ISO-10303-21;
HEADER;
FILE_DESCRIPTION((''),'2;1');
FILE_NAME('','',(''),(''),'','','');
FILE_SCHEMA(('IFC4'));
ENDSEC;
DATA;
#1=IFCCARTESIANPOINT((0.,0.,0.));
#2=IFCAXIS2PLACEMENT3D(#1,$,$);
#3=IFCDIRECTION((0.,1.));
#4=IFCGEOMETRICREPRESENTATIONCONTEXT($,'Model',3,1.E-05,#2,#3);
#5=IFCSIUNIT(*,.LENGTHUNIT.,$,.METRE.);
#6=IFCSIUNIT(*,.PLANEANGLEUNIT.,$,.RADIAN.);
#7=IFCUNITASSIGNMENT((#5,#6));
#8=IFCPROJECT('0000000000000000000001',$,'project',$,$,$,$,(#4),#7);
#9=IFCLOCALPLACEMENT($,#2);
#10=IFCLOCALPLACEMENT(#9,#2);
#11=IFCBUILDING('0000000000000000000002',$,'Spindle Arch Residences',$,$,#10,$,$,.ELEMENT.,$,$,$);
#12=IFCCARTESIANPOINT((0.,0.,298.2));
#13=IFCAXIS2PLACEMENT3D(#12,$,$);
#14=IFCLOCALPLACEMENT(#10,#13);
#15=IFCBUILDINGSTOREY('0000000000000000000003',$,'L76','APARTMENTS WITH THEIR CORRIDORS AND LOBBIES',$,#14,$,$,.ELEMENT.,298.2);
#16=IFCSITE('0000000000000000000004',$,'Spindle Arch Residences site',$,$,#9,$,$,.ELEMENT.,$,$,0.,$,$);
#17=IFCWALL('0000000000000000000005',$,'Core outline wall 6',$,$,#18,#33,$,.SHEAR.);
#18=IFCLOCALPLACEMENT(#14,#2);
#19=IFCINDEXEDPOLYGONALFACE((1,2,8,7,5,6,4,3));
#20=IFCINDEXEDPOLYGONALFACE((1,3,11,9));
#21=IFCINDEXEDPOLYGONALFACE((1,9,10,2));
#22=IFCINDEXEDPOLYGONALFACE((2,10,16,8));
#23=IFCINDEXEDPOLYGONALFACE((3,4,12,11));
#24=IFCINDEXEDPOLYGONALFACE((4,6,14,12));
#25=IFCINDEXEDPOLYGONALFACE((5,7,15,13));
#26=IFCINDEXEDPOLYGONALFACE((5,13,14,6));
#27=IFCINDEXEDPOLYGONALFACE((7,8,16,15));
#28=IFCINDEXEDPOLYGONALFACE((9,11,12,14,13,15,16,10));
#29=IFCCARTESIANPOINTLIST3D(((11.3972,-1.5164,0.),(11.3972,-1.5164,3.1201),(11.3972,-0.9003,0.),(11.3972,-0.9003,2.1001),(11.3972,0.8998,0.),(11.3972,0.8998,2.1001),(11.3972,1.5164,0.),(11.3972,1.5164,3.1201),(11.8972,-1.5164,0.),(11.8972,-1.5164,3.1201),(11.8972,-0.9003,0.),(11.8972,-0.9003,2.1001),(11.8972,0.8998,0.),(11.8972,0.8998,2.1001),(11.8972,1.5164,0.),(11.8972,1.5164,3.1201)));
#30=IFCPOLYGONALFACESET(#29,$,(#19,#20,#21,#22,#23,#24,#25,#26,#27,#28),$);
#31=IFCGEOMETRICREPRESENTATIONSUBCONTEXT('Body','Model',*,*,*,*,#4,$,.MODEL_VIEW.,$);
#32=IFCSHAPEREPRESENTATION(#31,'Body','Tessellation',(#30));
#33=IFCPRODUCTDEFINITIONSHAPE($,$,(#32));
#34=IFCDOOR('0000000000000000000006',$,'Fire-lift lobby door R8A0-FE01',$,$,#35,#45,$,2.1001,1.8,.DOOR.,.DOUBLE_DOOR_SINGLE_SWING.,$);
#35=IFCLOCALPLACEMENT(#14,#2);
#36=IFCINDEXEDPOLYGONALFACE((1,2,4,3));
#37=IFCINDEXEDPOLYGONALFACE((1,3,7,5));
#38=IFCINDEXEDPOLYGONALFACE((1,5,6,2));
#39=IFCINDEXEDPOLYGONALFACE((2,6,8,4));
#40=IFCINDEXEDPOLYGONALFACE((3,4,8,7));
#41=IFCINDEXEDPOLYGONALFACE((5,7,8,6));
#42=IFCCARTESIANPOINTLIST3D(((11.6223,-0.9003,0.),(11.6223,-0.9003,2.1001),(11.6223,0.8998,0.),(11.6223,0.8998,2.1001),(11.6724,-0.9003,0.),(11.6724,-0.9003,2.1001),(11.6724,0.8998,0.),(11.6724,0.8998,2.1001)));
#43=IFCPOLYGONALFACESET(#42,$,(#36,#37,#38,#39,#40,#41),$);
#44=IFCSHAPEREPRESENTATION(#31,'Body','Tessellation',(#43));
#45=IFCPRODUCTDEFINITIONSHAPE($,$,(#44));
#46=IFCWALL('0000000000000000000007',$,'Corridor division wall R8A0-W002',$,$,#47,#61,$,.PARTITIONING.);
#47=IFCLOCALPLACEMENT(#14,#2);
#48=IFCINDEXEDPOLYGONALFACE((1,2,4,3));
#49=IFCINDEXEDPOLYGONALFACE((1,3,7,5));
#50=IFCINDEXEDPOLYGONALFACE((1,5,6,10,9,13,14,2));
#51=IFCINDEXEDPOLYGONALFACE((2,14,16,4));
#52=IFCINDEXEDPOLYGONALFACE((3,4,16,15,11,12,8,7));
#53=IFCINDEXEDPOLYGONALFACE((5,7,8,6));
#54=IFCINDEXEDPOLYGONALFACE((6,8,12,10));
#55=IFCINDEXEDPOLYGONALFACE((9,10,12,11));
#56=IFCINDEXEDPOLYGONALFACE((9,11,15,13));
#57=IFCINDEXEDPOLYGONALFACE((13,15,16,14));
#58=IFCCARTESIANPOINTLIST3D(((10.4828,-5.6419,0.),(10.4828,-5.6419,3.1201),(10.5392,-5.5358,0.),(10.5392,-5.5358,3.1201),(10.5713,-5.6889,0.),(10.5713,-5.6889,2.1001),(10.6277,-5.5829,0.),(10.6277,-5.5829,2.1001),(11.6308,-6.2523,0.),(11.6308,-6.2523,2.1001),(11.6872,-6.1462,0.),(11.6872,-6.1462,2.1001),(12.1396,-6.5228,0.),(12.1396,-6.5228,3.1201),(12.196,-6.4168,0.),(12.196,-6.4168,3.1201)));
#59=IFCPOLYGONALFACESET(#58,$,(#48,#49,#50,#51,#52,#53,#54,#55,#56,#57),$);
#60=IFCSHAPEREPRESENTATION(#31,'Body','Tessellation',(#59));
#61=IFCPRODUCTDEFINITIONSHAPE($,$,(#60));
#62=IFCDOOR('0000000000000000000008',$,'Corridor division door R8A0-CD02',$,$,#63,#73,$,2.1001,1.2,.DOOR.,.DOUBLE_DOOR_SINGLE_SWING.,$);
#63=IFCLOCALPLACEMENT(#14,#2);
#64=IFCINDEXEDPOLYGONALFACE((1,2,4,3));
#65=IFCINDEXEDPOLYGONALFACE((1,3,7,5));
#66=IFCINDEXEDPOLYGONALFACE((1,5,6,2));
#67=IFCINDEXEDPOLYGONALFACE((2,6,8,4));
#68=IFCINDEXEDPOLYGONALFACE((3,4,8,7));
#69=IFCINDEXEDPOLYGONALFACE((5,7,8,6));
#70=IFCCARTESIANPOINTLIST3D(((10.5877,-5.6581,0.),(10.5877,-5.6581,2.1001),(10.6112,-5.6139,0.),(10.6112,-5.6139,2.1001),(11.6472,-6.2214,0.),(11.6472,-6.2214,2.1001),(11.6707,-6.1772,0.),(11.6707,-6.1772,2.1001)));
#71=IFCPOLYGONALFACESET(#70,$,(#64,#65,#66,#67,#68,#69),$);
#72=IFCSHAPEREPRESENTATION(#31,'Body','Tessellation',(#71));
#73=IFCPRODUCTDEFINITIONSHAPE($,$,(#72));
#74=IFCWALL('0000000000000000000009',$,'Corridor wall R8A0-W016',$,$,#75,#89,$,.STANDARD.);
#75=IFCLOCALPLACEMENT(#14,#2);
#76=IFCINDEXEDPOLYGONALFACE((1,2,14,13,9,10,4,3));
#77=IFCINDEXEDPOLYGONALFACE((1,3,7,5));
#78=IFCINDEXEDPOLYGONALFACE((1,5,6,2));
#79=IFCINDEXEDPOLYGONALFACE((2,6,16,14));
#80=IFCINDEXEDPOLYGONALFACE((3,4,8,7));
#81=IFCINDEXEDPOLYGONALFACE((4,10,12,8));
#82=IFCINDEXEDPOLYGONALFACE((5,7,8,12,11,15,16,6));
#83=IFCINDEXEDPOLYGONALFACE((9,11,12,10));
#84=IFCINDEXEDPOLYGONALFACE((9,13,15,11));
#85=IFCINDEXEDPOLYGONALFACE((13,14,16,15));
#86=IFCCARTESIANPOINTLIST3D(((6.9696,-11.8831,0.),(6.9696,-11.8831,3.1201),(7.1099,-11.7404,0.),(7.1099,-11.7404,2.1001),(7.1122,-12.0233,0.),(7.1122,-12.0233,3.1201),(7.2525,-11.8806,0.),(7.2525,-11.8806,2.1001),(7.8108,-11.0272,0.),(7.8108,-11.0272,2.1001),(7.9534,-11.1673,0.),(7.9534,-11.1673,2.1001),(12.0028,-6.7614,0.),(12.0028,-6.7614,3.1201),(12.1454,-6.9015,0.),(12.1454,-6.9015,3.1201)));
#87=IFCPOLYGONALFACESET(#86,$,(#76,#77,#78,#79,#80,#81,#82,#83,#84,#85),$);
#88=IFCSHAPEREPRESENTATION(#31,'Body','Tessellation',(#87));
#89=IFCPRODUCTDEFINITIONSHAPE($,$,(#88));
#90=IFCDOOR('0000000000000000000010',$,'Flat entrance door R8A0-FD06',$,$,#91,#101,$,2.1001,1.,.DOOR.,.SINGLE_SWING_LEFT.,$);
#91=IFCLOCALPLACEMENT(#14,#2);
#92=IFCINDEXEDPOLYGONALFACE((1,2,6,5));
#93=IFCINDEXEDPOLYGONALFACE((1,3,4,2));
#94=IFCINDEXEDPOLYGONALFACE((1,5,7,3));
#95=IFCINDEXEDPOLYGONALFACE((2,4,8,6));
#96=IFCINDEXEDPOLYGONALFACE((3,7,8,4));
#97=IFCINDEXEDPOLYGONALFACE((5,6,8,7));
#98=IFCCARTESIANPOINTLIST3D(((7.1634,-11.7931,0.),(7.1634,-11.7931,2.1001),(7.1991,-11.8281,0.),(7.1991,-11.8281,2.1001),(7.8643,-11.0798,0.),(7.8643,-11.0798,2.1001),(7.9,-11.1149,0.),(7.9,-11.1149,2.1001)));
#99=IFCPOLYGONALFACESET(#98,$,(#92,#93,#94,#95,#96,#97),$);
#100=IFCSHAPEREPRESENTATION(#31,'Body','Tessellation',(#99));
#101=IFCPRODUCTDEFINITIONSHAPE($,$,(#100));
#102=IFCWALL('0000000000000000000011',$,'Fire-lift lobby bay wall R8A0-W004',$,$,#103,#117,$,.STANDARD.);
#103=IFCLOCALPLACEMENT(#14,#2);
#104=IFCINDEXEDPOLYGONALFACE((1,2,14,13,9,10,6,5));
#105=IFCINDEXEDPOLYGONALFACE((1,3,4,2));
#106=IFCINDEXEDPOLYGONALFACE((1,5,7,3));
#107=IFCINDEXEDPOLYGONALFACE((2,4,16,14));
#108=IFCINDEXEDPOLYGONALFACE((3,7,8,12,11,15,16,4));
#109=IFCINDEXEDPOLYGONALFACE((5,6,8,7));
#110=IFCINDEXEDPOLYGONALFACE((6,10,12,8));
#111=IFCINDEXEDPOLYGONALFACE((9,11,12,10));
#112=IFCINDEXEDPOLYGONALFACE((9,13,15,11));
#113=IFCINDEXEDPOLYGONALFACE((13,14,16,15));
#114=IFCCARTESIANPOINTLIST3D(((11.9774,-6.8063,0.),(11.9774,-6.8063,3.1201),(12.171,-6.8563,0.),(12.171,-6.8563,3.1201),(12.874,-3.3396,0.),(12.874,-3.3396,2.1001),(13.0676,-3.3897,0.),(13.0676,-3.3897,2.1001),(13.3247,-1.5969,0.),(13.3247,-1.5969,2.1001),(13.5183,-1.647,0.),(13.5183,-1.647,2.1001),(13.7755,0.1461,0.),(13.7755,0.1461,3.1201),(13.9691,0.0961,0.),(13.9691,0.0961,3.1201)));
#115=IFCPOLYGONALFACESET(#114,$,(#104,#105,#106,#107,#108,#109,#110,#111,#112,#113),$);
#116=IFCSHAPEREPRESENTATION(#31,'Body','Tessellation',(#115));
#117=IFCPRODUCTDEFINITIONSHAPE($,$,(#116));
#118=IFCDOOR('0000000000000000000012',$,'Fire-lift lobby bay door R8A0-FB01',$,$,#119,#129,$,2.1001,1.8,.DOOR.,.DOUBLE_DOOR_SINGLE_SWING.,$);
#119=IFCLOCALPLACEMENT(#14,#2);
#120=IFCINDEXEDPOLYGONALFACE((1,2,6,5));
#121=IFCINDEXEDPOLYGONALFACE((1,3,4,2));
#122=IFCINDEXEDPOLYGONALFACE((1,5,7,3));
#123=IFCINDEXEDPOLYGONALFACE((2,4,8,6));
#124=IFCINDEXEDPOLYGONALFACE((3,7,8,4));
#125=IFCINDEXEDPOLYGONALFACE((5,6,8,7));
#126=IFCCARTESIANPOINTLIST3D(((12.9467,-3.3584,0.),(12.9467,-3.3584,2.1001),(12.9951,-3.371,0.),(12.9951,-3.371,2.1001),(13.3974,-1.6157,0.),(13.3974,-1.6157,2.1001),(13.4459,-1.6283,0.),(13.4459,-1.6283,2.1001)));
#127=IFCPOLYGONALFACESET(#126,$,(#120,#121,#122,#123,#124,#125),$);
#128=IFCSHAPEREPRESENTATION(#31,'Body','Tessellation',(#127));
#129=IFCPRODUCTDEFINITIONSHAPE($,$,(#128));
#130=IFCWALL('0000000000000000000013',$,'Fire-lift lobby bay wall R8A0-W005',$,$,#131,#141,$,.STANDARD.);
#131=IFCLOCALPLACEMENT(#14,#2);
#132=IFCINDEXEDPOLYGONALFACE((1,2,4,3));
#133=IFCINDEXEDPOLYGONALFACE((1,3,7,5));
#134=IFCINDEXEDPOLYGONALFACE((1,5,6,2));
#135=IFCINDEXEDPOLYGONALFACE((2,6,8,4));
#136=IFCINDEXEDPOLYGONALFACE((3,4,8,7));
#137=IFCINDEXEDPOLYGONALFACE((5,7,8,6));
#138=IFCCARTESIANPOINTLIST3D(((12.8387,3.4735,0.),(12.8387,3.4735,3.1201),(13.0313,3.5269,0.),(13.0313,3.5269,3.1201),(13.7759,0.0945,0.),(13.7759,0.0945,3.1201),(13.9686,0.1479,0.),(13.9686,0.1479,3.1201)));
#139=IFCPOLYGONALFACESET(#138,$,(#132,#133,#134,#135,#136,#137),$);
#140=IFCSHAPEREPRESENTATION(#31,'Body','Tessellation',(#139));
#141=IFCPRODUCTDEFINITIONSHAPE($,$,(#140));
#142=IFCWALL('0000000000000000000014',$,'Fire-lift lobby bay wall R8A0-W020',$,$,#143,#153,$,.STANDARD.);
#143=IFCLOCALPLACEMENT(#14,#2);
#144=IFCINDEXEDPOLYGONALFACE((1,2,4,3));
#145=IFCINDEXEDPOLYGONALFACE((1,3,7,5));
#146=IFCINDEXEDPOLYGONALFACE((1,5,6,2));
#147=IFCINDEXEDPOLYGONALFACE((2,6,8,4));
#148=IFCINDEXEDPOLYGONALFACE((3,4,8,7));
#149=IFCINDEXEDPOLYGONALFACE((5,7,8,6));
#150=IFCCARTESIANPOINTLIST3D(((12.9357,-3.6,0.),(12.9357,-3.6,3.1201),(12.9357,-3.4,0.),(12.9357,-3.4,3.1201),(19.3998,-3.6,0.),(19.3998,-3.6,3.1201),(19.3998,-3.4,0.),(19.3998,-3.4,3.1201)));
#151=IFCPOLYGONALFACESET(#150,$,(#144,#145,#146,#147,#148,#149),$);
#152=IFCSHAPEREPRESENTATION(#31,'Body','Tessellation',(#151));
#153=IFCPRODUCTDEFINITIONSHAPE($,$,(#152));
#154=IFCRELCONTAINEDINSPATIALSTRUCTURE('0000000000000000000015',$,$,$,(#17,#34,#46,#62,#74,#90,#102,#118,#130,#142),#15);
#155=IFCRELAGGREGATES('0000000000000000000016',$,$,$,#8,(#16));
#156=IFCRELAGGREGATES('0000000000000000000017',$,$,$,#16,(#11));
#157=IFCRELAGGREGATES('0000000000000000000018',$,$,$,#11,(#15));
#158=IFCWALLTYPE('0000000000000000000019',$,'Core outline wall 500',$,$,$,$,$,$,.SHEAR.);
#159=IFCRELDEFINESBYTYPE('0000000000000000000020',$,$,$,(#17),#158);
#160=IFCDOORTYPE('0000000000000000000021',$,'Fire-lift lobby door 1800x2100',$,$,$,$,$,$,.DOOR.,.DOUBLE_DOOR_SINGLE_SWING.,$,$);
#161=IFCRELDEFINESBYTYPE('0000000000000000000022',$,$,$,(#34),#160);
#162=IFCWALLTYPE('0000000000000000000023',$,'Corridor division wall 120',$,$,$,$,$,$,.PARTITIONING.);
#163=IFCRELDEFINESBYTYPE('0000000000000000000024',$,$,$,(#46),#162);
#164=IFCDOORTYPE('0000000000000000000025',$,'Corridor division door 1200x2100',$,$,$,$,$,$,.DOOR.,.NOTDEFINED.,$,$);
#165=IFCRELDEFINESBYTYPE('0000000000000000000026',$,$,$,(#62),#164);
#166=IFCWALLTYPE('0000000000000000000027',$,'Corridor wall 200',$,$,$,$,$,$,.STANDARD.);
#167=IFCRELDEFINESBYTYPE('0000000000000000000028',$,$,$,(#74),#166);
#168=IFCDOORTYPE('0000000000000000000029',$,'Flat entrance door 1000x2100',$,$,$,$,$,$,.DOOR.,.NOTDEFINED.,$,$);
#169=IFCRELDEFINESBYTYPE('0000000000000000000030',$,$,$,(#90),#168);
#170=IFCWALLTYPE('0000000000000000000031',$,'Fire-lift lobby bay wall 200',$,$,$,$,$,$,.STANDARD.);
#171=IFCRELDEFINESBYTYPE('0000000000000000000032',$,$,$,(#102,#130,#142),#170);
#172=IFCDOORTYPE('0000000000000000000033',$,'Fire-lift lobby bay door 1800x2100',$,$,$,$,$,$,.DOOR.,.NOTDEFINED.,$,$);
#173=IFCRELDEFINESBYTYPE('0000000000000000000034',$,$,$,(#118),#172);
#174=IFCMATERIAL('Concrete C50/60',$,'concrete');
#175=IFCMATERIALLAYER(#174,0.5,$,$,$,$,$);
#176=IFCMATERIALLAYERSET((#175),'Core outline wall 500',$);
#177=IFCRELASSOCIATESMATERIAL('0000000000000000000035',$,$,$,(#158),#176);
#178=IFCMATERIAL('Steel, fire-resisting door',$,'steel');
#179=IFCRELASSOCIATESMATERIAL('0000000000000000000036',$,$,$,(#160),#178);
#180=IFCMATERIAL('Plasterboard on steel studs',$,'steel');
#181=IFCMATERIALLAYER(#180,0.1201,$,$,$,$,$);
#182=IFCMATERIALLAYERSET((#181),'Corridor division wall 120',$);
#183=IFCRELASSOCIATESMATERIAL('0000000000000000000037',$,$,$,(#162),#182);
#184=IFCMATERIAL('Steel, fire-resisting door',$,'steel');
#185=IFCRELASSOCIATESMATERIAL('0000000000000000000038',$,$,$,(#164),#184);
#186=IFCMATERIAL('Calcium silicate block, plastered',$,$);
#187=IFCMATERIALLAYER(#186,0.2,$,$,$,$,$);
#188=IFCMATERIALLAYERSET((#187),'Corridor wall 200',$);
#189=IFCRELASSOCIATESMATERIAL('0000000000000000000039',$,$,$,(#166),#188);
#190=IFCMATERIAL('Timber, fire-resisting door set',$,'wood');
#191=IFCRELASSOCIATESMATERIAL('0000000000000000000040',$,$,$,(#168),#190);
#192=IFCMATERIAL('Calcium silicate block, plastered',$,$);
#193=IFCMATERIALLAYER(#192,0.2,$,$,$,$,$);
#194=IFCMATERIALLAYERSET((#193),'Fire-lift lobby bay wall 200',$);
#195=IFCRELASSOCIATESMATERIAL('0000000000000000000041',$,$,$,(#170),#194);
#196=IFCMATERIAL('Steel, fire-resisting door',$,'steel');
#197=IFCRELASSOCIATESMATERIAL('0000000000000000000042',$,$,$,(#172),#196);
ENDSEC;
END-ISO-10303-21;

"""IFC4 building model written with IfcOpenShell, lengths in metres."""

from ifc_helpers import new_model, si_unit, direction, frame, frame_2d, origin, place, context, subcontext, project, spatial, rectangle, extrude, material, layer, layer_set, type_object, element, fill, save


model = new_model("IFC4")

# Units and contexts
model_context = context("Model", 3, precision=1e-05, world=origin(), true_north=direction((0.0, 1.0)))
body_context = subcontext(model_context, "Body", "Model", "MODEL_VIEW")
ifc_project = project(units=[si_unit("LENGTHUNIT", "METRE"), si_unit("PLANEANGLEUNIT", "RADIAN")], contexts=[model_context])

# Site, building, storey
site_placement = place(None, origin())
site = spatial("IfcSite", under=ifc_project, at=site_placement, Name="Spindle Arch Residences site", CompositionType="ELEMENT", RefElevation=0.0)
building_placement = place(site_placement, origin())
building = spatial("IfcBuilding", under=site, at=building_placement, Name="Spindle Arch Residences", CompositionType="ELEMENT")
storey_placement = place(building_placement, frame((0.0, 0.0, 298.2)))
storey = spatial("IfcBuildingStorey", under=building, at=storey_placement, Name="L76", Description="APARTMENTS WITH THEIR CORRIDORS AND LOBBIES", CompositionType="ELEMENT", Elevation=298.2)

# Shared definitions
ifc_material_1 = material(Name="Concrete C50/60", Category="concrete")
ifc_layer_1 = layer(ifc_material_1, 0.5)
ifc_layer_set_1 = layer_set([ifc_layer_1], Name="Core outline wall 500")
wall_type_1 = type_object("IfcWallType", Name="Core outline wall 500", PredefinedType="SHEAR", material=ifc_layer_set_1)

# Walls, openings, doors
wall_1_placement = place(storey_placement, frame((11.6472, -1.5164, 0.0), z_axis=(0.0, 0.0, 1.0), x_axis=(0.0, 1.0, 0.0)))
wall_1 = element("IfcWall", 1, at=wall_1_placement, inside=storey, type_object=wall_type_1, Name="Core outline wall 6", PredefinedType="SHEAR", context=body_context, shape_type="SweptSolid", body=[
    extrude(rectangle(XDim=3.0327, YDim=0.5, at=frame_2d((1.5164, 0.0))), origin(), (0.0, 0.0, 1.0), 3.1201),
])
opening_1_placement = place(wall_1_placement, frame((0.6162, 0.0, 0.0)))
opening_1 = element("IfcOpeningElement", 2, at=opening_1_placement, cuts=wall_1, PredefinedType="OPENING", context=body_context, shape_type="SweptSolid", body=[
    extrude(rectangle(XDim=1.8, YDim=2.1001, at=frame_2d((0.8999, 1.05))), frame((0.0, 0.26, 0.0), z_axis=(0.0, -1.0, 0.0), x_axis=(1.0, 0.0, 0.0)), (0.0, 0.0, 1.0), 0.52),
])
ifc_material_2 = material(Name="Steel, fire-resisting door", Category="steel")
door_type_1 = type_object("IfcDoorType", Name="Fire-lift lobby door 1800x2100", OperationType="DOUBLE_DOOR_SINGLE_SWING", PredefinedType="DOOR", material=ifc_material_2)
door_1_placement = place(opening_1_placement, origin())
door_1 = element("IfcDoor", 3, at=door_1_placement, inside=storey, type_object=door_type_1, Name="Fire-lift lobby door R8A0-FE01", OperationType="DOUBLE_DOOR_SINGLE_SWING", OverallHeight=2.1001, OverallWidth=1.8, PredefinedType="DOOR", context=body_context, shape_type="SweptSolid", body=[
    extrude(rectangle(XDim=1.8, YDim=2.1001, at=frame_2d((0.8999, 1.05))), frame((0.0, 0.0249, 0.0), z_axis=(0.0, -1.0, 0.0), x_axis=(1.0, 0.0, 0.0)), (0.0, 0.0, 1.0), 0.05),
])
fill(opening_1, door_1)
ifc_material_3 = material(Name="Plasterboard on steel studs", Category="steel")
ifc_layer_2 = layer(ifc_material_3, 0.1201)
ifc_layer_set_2 = layer_set([ifc_layer_2], Name="Corridor division wall 120")
wall_type_2 = type_object("IfcWallType", Name="Corridor division wall 120", PredefinedType="PARTITIONING", material=ifc_layer_set_2)
wall_2_placement = place(storey_placement, frame((10.511, -5.5889, 0.0), z_axis=(0.0, 0.0, 1.0), x_axis=(0.882957, -0.469453, 0.0)))
wall_2 = element("IfcWall", 4, at=wall_2_placement, inside=storey, type_object=wall_type_2, Name="Corridor division wall R8A0-W002", PredefinedType="PARTITIONING", context=body_context, shape_type="SweptSolid", body=[
    extrude(rectangle(XDim=1.8765, YDim=0.1201, at=frame_2d((0.9382, 0.0))), origin(), (0.0, 0.0, 1.0), 3.1201),
])
opening_2_placement = place(wall_2_placement, frame((0.1001, 0.0, 0.0)))
opening_2 = element("IfcOpeningElement", 5, at=opening_2_placement, cuts=wall_2, PredefinedType="OPENING", context=body_context, shape_type="SweptSolid", body=[
    extrude(rectangle(XDim=1.2, YDim=2.1001, at=frame_2d((0.6001, 1.05))), frame((0.0, 0.0701, 0.0), z_axis=(0.0, -1.0, 0.0), x_axis=(1.0, 0.0, 0.0)), (0.0, 0.0, 1.0), 0.1401),
])
ifc_material_4 = material(Name="Steel, fire-resisting door", Category="steel")
door_type_2 = type_object("IfcDoorType", Name="Corridor division door 1200x2100", OperationType="NOTDEFINED", PredefinedType="DOOR", material=ifc_material_4)
door_2_placement = place(opening_2_placement, origin())
door_2 = element("IfcDoor", 6, at=door_2_placement, inside=storey, type_object=door_type_2, Name="Corridor division door R8A0-CD02", OperationType="DOUBLE_DOOR_SINGLE_SWING", OverallHeight=2.1001, OverallWidth=1.2, PredefinedType="DOOR", context=body_context, shape_type="SweptSolid", body=[
    extrude(rectangle(XDim=1.2, YDim=2.1001, at=frame_2d((0.6001, 1.05))), frame((0.0, 0.0249, 0.0), z_axis=(0.0, -1.0, 0.0), x_axis=(1.0, 0.0, 0.0)), (0.0, 0.0, 1.0), 0.05),
])
fill(opening_2, door_2)
ifc_material_5 = material(Name="Calcium silicate block, plastered")
ifc_layer_3 = layer(ifc_material_5, 0.2)
ifc_layer_set_3 = layer_set([ifc_layer_3], Name="Corridor wall 200")
wall_type_3 = type_object("IfcWallType", Name="Corridor wall 200", PredefinedType="STANDARD", material=ifc_layer_set_3)
wall_3_placement = place(storey_placement, frame((7.041, -11.9531, 0.0), z_axis=(0.0, 0.0, 1.0), x_axis=(0.700909, 0.713251, 0.0)))
wall_3 = element("IfcWall", 7, at=wall_3_placement, inside=storey, type_object=wall_type_3, Name="Corridor wall R8A0-W016", PredefinedType="STANDARD", context=body_context, shape_type="SweptSolid", body=[
    extrude(rectangle(XDim=7.1809, YDim=0.2, at=frame_2d((3.5903, 0.0))), origin(), (0.0, 0.0, 1.0), 3.1201),
])
opening_3_placement = place(wall_3_placement, frame((0.2, 0.0, 0.0)))
opening_3 = element("IfcOpeningElement", 8, at=opening_3_placement, cuts=wall_3, PredefinedType="OPENING", context=body_context, shape_type="SweptSolid", body=[
    extrude(rectangle(XDim=1.0, YDim=2.1001, at=frame_2d((0.5, 1.05))), frame((0.0, 0.1099, 0.0), z_axis=(0.0, -1.0, 0.0), x_axis=(1.0, 0.0, 0.0)), (0.0, 0.0, 1.0), 0.22),
])
ifc_material_6 = material(Name="Timber, fire-resisting door set", Category="wood")
door_type_3 = type_object("IfcDoorType", Name="Flat entrance door 1000x2100", OperationType="NOTDEFINED", PredefinedType="DOOR", material=ifc_material_6)
door_3_placement = place(opening_3_placement, origin())
door_3 = element("IfcDoor", 9, at=door_3_placement, inside=storey, type_object=door_type_3, Name="Flat entrance door R8A0-FD06", OperationType="SINGLE_SWING_LEFT", OverallHeight=2.1001, OverallWidth=1.0, PredefinedType="DOOR", context=body_context, shape_type="SweptSolid", body=[
    extrude(rectangle(XDim=1.0, YDim=2.1001, at=frame_2d((0.5, 1.05))), frame((0.0, 0.0249, 0.0), z_axis=(0.0, -1.0, 0.0), x_axis=(1.0, 0.0, 0.0)), (0.0, 0.0, 1.0), 0.05),
])
fill(opening_3, door_3)
ifc_material_7 = material(Name="Calcium silicate block, plastered")
ifc_layer_4 = layer(ifc_material_7, 0.2)
ifc_layer_set_4 = layer_set([ifc_layer_4], Name="Fire-lift lobby bay wall 200")
wall_type_4 = type_object("IfcWallType", Name="Fire-lift lobby bay wall 200", PredefinedType="STANDARD", material=ifc_layer_set_4)
wall_4_placement = place(storey_placement, frame((12.0742, -6.8313, 0.0), z_axis=(0.0, 0.0, 1.0), x_axis=(0.250391, 0.968145, 0.0)))
wall_4 = element("IfcWall", 10, at=wall_4_placement, inside=storey, type_object=wall_type_4, Name="Fire-lift lobby bay wall R8A0-W004", PredefinedType="STANDARD", context=body_context, shape_type="SweptSolid", body=[
    extrude(rectangle(XDim=7.1812, YDim=0.2, at=frame_2d((3.5906, 0.0))), origin(), (0.0, 0.0, 1.0), 3.1201),
])
opening_4_placement = place(wall_4_placement, frame((3.5808, 0.0, 0.0)))
opening_4 = element("IfcOpeningElement", 11, at=opening_4_placement, cuts=wall_4, PredefinedType="OPENING", context=body_context, shape_type="SweptSolid", body=[
    extrude(rectangle(XDim=1.8, YDim=2.1001, at=frame_2d((0.8999, 1.05))), frame((0.0, 0.1099, 0.0), z_axis=(0.0, -1.0, 0.0), x_axis=(1.0, 0.0, 0.0)), (0.0, 0.0, 1.0), 0.22),
])
ifc_material_8 = material(Name="Steel, fire-resisting door", Category="steel")
door_type_4 = type_object("IfcDoorType", Name="Fire-lift lobby bay door 1800x2100", OperationType="NOTDEFINED", PredefinedType="DOOR", material=ifc_material_8)
door_4_placement = place(opening_4_placement, origin())
door_4 = element("IfcDoor", 12, at=door_4_placement, inside=storey, type_object=door_type_4, Name="Fire-lift lobby bay door R8A0-FB01", OperationType="DOUBLE_DOOR_SINGLE_SWING", OverallHeight=2.1001, OverallWidth=1.8, PredefinedType="DOOR", context=body_context, shape_type="SweptSolid", body=[
    extrude(rectangle(XDim=1.8, YDim=2.1001, at=frame_2d((0.8999, 1.05))), frame((0.0, 0.0249, 0.0), z_axis=(0.0, -1.0, 0.0), x_axis=(1.0, 0.0, 0.0)), (0.0, 0.0, 1.0), 0.05),
])
fill(opening_4, door_4)

# Walls
wall_5_placement = place(storey_placement, frame((13.8723, 0.1211, 0.0), z_axis=(0.0, 0.0, 1.0), x_axis=(-0.267292, 0.963616, 0.0)))
element("IfcWall", 13, at=wall_5_placement, inside=storey, type_object=wall_type_4, Name="Fire-lift lobby bay wall R8A0-W005", PredefinedType="STANDARD", context=body_context, shape_type="SweptSolid", body=[
    extrude(rectangle(XDim=3.5066, YDim=0.2, at=frame_2d((1.7534, 0.0))), origin(), (0.0, 0.0, 1.0), 3.1201),
])
wall_6_placement = place(storey_placement, frame((12.9358, -3.5, 0.0), z_axis=(0.0, 0.0, 1.0), x_axis=(1.0, 0.0, 0.0)))
element("IfcWall", 14, at=wall_6_placement, inside=storey, type_object=wall_type_4, Name="Fire-lift lobby bay wall R8A0-W020", PredefinedType="STANDARD", context=body_context, shape_type="SweptSolid", body=[
    extrude(rectangle(XDim=6.4641, YDim=0.2, at=frame_2d((3.2319, 0.0))), origin(), (0.0, 0.0, 1.0), 3.1201),
])

save(model, "model.ifc")
